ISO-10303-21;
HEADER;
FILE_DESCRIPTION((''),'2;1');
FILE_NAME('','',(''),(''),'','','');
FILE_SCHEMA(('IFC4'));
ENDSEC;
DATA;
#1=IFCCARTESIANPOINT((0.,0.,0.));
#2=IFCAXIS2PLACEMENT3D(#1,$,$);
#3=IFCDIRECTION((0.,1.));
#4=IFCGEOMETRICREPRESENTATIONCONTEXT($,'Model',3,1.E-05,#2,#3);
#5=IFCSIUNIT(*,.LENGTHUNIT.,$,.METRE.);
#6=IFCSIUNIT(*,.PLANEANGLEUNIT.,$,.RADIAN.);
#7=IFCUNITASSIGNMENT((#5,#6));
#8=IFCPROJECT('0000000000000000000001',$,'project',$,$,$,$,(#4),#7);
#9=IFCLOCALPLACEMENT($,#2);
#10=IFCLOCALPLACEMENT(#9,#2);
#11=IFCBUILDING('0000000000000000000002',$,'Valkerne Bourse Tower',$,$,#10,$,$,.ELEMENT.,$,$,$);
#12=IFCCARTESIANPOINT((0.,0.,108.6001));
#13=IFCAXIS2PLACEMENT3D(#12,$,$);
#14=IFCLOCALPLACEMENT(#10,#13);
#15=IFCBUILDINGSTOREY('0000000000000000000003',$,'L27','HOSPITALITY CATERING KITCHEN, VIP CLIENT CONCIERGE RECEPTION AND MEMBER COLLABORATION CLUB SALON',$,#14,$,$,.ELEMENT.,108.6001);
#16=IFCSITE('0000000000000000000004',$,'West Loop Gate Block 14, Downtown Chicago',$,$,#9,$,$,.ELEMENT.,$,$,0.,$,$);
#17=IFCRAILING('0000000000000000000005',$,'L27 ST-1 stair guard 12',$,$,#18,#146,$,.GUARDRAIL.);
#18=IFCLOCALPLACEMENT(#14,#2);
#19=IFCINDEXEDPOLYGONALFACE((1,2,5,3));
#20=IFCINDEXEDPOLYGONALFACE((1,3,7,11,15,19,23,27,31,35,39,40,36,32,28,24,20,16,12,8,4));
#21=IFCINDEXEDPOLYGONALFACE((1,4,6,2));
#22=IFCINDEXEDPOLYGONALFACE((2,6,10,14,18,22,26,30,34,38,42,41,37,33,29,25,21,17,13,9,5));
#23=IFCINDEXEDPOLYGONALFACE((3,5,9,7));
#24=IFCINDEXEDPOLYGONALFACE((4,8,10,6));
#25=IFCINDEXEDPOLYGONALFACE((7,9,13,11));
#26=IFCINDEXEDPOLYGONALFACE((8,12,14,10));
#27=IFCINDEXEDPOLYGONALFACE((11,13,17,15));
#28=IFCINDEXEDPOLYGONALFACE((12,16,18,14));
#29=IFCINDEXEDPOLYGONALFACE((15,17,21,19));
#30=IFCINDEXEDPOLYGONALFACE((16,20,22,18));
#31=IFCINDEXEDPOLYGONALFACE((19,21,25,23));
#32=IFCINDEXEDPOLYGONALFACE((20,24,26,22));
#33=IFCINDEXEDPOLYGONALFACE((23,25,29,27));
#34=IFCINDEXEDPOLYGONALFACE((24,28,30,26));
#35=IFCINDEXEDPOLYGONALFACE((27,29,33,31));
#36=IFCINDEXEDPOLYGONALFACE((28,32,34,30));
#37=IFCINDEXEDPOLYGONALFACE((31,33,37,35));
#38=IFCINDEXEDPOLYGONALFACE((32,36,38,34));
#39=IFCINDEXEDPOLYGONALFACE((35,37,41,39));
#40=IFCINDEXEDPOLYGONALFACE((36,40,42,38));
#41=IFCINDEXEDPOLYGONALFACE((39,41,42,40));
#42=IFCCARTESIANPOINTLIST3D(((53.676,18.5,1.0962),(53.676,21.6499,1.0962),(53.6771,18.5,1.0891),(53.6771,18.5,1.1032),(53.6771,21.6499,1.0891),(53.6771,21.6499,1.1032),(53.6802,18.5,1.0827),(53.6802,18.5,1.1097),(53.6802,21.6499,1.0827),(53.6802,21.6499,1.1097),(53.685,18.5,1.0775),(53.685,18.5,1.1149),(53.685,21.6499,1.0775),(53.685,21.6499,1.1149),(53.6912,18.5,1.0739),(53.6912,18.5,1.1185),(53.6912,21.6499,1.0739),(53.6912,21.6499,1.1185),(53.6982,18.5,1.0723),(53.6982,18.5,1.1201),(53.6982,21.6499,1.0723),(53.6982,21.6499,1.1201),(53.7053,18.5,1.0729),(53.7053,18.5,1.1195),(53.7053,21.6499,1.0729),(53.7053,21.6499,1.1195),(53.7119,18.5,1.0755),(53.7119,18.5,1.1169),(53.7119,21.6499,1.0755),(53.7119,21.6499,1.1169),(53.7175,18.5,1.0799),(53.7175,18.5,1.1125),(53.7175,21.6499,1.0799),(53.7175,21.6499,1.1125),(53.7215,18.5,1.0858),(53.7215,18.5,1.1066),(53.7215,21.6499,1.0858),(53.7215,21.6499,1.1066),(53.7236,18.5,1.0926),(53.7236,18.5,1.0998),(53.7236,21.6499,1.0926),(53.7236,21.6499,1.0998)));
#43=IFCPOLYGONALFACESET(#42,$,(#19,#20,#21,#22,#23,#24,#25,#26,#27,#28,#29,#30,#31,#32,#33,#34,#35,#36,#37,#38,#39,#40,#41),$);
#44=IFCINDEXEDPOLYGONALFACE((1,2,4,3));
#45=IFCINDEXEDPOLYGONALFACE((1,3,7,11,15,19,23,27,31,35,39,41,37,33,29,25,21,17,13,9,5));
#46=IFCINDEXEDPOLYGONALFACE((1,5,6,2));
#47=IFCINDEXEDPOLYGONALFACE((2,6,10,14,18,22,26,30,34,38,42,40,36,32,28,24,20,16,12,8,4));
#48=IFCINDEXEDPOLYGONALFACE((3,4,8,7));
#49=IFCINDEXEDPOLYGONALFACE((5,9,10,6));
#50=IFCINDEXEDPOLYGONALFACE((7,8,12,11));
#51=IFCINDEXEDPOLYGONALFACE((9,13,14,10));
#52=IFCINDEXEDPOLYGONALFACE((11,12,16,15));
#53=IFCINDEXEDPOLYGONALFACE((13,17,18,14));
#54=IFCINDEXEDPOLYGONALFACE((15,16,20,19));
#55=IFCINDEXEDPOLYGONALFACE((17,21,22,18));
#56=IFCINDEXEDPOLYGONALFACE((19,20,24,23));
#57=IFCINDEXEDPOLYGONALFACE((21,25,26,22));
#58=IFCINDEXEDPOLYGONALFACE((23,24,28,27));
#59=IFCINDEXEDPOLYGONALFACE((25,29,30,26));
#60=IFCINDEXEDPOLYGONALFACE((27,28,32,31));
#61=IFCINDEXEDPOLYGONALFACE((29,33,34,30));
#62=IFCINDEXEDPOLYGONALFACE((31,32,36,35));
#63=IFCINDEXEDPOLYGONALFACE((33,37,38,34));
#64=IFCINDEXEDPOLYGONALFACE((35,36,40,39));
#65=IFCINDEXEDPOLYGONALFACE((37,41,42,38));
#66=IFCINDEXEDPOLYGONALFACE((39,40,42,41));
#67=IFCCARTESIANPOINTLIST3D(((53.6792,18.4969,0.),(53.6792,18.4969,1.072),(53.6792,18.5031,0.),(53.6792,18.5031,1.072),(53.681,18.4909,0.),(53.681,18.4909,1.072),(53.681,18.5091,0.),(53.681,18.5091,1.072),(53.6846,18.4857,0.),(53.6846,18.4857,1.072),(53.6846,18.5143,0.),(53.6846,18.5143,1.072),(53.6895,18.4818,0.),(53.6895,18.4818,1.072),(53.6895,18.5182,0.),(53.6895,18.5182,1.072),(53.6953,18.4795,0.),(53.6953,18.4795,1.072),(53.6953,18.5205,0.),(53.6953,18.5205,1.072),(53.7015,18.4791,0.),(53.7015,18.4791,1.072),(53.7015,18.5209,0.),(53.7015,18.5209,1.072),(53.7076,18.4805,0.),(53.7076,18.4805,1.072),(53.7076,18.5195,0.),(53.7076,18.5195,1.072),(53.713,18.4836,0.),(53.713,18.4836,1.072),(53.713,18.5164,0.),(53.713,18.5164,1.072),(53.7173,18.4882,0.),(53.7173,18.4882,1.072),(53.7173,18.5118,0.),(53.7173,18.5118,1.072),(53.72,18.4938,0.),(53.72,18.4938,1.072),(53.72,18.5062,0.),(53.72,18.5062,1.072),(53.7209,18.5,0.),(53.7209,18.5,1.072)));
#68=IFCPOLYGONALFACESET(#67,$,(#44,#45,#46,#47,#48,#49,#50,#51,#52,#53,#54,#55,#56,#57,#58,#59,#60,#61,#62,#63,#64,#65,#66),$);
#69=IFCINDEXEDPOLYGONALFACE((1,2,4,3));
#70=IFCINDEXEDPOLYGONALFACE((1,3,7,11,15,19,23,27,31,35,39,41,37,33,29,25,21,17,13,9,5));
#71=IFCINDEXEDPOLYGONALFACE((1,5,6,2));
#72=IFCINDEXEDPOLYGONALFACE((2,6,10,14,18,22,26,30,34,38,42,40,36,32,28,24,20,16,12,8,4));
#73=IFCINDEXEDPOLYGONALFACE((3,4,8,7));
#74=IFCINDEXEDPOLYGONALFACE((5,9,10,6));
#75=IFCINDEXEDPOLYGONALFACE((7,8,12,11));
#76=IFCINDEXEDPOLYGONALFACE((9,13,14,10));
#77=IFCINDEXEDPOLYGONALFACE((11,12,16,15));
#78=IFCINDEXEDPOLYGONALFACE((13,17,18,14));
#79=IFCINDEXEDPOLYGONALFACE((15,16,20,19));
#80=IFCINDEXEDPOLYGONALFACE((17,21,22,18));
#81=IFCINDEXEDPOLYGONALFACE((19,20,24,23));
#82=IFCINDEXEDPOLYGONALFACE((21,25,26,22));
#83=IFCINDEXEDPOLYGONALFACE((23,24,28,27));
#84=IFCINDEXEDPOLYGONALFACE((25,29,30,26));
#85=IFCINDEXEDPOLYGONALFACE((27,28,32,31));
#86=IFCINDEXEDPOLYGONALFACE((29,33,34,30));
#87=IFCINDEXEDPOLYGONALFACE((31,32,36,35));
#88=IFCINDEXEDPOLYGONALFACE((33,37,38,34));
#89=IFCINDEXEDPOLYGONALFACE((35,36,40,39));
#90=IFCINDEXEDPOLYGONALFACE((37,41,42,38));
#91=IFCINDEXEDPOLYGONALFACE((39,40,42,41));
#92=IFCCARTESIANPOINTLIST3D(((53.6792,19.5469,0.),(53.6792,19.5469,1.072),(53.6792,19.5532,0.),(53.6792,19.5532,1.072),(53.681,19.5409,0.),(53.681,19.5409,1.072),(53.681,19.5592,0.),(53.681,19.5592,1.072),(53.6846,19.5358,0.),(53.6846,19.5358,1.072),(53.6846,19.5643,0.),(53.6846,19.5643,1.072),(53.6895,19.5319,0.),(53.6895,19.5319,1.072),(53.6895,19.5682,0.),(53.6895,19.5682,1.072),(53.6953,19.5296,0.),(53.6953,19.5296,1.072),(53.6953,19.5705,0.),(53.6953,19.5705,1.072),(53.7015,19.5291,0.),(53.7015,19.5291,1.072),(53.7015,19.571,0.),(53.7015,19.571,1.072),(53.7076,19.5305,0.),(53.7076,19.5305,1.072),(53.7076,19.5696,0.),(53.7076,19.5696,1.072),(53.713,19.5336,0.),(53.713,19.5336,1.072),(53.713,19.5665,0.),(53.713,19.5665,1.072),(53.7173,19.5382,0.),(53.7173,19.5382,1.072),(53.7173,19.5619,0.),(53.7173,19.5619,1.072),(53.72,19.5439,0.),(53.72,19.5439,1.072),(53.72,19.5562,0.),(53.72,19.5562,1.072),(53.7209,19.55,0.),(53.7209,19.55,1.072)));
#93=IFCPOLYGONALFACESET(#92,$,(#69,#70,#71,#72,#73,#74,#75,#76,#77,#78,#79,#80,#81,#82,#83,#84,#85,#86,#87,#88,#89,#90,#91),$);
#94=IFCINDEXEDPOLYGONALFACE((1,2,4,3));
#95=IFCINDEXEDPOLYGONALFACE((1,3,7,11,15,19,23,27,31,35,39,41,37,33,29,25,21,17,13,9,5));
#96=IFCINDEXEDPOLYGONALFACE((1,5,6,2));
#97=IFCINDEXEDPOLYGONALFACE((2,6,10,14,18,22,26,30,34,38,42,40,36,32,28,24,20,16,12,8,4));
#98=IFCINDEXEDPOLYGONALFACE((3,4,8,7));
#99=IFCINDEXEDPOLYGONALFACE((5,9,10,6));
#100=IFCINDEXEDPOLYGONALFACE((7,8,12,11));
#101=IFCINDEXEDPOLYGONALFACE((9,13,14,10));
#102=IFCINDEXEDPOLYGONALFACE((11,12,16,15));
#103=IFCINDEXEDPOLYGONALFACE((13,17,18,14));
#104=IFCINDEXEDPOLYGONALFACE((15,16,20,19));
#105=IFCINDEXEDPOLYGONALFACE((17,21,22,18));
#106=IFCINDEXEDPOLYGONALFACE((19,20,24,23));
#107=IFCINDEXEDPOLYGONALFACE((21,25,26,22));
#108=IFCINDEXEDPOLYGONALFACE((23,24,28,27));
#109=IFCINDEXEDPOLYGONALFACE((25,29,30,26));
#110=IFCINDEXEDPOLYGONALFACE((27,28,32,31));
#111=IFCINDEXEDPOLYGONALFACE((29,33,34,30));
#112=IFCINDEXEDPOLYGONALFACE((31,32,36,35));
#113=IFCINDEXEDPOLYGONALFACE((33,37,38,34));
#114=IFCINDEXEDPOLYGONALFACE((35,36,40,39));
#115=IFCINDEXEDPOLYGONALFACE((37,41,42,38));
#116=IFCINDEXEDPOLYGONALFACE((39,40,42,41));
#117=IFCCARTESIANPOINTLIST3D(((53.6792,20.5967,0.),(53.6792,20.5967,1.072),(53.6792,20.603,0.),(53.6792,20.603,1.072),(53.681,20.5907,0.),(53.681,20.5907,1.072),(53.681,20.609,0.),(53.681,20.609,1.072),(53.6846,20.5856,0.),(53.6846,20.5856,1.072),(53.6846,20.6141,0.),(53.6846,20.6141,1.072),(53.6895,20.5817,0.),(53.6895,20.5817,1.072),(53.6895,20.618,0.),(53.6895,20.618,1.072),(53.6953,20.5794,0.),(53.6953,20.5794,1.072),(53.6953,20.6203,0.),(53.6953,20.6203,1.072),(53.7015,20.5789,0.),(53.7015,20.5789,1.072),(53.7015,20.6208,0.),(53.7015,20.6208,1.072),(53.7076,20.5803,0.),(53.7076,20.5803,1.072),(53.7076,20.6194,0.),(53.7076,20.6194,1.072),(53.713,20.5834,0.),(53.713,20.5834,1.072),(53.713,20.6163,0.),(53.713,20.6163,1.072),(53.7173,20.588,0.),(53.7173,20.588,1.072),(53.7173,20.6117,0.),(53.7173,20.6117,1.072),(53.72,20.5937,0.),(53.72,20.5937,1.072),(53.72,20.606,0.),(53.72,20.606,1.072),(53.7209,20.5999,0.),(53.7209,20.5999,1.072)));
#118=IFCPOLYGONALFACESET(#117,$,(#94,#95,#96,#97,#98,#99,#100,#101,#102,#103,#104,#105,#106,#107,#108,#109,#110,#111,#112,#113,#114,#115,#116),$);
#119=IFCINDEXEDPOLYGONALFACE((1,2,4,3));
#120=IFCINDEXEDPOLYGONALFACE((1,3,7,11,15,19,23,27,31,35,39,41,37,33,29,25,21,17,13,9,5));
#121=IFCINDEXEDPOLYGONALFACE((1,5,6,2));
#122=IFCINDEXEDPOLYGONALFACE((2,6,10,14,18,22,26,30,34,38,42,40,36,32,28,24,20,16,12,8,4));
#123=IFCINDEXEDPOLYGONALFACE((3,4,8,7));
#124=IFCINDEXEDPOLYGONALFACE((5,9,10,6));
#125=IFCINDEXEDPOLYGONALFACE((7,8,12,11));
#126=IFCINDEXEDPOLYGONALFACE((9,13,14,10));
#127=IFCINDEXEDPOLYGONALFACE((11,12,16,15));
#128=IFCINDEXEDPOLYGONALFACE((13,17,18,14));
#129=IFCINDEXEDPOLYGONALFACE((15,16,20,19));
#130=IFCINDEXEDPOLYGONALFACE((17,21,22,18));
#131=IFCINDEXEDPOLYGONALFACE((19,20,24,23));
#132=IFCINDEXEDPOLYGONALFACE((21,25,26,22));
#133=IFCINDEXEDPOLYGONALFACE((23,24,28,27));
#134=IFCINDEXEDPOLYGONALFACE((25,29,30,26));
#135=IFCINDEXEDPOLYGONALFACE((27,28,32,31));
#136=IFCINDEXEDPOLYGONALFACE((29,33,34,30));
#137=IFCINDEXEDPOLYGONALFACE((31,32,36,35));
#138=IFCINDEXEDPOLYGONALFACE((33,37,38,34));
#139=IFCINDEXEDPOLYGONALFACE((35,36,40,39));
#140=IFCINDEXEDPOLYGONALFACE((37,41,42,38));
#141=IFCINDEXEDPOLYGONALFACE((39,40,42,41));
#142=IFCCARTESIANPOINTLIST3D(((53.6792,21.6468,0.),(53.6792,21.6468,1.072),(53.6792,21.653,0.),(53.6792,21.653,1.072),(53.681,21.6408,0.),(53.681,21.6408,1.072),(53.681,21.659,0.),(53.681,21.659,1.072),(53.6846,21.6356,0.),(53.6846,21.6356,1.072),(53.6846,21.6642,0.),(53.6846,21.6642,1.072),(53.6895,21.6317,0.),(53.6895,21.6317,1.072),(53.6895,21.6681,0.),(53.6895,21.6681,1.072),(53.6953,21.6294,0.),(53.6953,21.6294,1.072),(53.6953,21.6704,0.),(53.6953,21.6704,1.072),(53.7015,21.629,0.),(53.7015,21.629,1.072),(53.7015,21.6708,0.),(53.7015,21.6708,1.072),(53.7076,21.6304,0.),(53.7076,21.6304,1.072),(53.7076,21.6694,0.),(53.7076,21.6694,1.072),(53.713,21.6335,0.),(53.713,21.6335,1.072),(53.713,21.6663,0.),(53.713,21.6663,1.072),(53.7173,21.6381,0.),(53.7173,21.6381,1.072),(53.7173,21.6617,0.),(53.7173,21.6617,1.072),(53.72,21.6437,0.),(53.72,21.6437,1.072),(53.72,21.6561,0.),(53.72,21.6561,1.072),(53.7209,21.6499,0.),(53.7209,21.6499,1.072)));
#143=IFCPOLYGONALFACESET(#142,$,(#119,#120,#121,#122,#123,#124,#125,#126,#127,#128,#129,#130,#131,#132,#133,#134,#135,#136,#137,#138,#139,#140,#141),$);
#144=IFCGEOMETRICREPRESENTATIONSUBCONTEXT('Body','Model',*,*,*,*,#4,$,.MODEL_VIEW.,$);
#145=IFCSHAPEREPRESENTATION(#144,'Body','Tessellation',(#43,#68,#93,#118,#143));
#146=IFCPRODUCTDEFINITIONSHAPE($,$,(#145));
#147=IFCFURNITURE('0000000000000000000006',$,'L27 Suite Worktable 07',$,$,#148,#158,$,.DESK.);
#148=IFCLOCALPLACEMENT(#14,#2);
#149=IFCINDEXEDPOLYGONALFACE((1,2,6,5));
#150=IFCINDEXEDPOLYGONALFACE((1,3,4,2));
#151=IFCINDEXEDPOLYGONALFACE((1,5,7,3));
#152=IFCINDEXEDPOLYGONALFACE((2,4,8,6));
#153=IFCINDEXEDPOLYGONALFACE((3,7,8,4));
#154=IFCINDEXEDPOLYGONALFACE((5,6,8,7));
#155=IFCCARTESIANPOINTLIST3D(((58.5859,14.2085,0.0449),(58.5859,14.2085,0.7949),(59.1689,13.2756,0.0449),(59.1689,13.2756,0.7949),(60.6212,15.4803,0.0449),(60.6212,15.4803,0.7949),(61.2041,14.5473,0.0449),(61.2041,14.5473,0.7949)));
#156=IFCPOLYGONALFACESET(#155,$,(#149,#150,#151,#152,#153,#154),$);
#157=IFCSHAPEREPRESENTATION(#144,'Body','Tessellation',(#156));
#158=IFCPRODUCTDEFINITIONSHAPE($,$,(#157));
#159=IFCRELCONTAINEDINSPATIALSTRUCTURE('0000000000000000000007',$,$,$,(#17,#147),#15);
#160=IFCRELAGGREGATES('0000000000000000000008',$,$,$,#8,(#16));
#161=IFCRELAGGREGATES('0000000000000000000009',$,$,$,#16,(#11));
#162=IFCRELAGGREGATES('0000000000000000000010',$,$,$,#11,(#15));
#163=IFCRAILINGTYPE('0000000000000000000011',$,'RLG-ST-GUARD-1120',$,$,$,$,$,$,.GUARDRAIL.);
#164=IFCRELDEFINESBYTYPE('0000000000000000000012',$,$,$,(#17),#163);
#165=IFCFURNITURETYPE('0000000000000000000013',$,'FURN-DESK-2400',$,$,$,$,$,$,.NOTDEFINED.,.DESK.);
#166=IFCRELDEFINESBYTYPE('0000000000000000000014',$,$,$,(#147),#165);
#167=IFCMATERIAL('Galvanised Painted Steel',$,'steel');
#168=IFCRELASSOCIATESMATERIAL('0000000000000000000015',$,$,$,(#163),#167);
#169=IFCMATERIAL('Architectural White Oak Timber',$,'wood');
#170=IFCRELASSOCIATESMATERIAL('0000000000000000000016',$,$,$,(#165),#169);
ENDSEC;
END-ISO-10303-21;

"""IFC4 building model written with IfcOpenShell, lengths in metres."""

from ifc_helpers import new_model, si_unit, direction, frame, origin, origin_2d, place, context, subcontext, project, spatial, rectangle, circle, extrude, material, type_object, element, save


model = new_model("IFC4")

# Units and contexts
model_context = context("Model", 3, precision=1e-05, world=origin(), true_north=direction((0.0, 1.0)))
body_context = subcontext(model_context, "Body", "Model", "MODEL_VIEW")
ifc_project = project(units=[si_unit("LENGTHUNIT", "METRE"), si_unit("PLANEANGLEUNIT", "RADIAN")], contexts=[model_context])

# Site, building, storey
site_placement = place(None, origin())
site = spatial("IfcSite", under=ifc_project, at=site_placement, Name="West Loop Gate Block 14, Downtown Chicago", CompositionType="ELEMENT", RefElevation=0.0)
building_placement = place(site_placement, origin())
building = spatial("IfcBuilding", under=site, at=building_placement, Name="Valkerne Bourse Tower", CompositionType="ELEMENT")
storey_placement = place(building_placement, frame((0.0, 0.0, 108.6001)))
storey = spatial("IfcBuildingStorey", under=building, at=storey_placement, Name="L27", Description="HOSPITALITY CATERING KITCHEN, VIP CLIENT CONCIERGE RECEPTION AND MEMBER COLLABORATION CLUB SALON", CompositionType="ELEMENT", Elevation=108.6001)

# Shared definitions
ifc_material_1 = material(Name="Architectural White Oak Timber", Category="wood")

# Railing
ifc_material_2 = material(Name="Galvanised Painted Steel", Category="steel")
railing_type = type_object("IfcRailingType", Name="RLG-ST-GUARD-1120", PredefinedType="GUARDRAIL", material=ifc_material_2)
railing_1_placement = place(storey_placement, frame((53.7, 18.5, 0.0)))
element("IfcRailing", 1, at=railing_1_placement, inside=storey, type_object=railing_type, Name="L27 ST-1 stair guard 12", PredefinedType="GUARDRAIL", context=body_context, shape_type="SweptSolid", body=[
    extrude(circle(Radius=0.0239, at=origin_2d()), frame((0.0, 0.0, 1.0962), z_axis=(0.0, 1.0, 0.0), x_axis=(-1.0, 0.0, 0.0)), (0.0, 0.0, 1.0), 3.1499),
    extrude(circle(Radius=0.021, at=origin_2d()), origin(), (0.0, 0.0, 1.0), 1.072),
    extrude(circle(Radius=0.021, at=origin_2d()), frame((0.0, 1.05, 0.0)), (0.0, 0.0, 1.0), 1.072),
    extrude(circle(Radius=0.021, at=origin_2d()), frame((0.0, 2.0999, 0.0)), (0.0, 0.0, 1.0), 1.072),
    extrude(circle(Radius=0.021, at=origin_2d()), frame((0.0, 3.1499, 0.0)), (0.0, 0.0, 1.0), 1.072),
])

# Furniture
furniture_type = type_object("IfcFurnitureType", Name="FURN-DESK-2400", AssemblyPlace="NOTDEFINED", PredefinedType="DESK", material=ifc_material_1)
furniture_placement = place(storey_placement, frame((59.895, 14.3779, 0.0449), z_axis=(0.0, 0.0, 1.0), x_axis=(0.848048, 0.529919, 0.0)))
element("IfcFurniture", 2, at=furniture_placement, inside=storey, type_object=furniture_type, Name="L27 Suite Worktable 07", PredefinedType="DESK", context=body_context, shape_type="SweptSolid", body=[
    extrude(rectangle(XDim=2.3999, YDim=1.1001, at=origin_2d()), origin(), (0.0, 0.0, 1.0), 0.75),
])

save(model, "model.ifc")
